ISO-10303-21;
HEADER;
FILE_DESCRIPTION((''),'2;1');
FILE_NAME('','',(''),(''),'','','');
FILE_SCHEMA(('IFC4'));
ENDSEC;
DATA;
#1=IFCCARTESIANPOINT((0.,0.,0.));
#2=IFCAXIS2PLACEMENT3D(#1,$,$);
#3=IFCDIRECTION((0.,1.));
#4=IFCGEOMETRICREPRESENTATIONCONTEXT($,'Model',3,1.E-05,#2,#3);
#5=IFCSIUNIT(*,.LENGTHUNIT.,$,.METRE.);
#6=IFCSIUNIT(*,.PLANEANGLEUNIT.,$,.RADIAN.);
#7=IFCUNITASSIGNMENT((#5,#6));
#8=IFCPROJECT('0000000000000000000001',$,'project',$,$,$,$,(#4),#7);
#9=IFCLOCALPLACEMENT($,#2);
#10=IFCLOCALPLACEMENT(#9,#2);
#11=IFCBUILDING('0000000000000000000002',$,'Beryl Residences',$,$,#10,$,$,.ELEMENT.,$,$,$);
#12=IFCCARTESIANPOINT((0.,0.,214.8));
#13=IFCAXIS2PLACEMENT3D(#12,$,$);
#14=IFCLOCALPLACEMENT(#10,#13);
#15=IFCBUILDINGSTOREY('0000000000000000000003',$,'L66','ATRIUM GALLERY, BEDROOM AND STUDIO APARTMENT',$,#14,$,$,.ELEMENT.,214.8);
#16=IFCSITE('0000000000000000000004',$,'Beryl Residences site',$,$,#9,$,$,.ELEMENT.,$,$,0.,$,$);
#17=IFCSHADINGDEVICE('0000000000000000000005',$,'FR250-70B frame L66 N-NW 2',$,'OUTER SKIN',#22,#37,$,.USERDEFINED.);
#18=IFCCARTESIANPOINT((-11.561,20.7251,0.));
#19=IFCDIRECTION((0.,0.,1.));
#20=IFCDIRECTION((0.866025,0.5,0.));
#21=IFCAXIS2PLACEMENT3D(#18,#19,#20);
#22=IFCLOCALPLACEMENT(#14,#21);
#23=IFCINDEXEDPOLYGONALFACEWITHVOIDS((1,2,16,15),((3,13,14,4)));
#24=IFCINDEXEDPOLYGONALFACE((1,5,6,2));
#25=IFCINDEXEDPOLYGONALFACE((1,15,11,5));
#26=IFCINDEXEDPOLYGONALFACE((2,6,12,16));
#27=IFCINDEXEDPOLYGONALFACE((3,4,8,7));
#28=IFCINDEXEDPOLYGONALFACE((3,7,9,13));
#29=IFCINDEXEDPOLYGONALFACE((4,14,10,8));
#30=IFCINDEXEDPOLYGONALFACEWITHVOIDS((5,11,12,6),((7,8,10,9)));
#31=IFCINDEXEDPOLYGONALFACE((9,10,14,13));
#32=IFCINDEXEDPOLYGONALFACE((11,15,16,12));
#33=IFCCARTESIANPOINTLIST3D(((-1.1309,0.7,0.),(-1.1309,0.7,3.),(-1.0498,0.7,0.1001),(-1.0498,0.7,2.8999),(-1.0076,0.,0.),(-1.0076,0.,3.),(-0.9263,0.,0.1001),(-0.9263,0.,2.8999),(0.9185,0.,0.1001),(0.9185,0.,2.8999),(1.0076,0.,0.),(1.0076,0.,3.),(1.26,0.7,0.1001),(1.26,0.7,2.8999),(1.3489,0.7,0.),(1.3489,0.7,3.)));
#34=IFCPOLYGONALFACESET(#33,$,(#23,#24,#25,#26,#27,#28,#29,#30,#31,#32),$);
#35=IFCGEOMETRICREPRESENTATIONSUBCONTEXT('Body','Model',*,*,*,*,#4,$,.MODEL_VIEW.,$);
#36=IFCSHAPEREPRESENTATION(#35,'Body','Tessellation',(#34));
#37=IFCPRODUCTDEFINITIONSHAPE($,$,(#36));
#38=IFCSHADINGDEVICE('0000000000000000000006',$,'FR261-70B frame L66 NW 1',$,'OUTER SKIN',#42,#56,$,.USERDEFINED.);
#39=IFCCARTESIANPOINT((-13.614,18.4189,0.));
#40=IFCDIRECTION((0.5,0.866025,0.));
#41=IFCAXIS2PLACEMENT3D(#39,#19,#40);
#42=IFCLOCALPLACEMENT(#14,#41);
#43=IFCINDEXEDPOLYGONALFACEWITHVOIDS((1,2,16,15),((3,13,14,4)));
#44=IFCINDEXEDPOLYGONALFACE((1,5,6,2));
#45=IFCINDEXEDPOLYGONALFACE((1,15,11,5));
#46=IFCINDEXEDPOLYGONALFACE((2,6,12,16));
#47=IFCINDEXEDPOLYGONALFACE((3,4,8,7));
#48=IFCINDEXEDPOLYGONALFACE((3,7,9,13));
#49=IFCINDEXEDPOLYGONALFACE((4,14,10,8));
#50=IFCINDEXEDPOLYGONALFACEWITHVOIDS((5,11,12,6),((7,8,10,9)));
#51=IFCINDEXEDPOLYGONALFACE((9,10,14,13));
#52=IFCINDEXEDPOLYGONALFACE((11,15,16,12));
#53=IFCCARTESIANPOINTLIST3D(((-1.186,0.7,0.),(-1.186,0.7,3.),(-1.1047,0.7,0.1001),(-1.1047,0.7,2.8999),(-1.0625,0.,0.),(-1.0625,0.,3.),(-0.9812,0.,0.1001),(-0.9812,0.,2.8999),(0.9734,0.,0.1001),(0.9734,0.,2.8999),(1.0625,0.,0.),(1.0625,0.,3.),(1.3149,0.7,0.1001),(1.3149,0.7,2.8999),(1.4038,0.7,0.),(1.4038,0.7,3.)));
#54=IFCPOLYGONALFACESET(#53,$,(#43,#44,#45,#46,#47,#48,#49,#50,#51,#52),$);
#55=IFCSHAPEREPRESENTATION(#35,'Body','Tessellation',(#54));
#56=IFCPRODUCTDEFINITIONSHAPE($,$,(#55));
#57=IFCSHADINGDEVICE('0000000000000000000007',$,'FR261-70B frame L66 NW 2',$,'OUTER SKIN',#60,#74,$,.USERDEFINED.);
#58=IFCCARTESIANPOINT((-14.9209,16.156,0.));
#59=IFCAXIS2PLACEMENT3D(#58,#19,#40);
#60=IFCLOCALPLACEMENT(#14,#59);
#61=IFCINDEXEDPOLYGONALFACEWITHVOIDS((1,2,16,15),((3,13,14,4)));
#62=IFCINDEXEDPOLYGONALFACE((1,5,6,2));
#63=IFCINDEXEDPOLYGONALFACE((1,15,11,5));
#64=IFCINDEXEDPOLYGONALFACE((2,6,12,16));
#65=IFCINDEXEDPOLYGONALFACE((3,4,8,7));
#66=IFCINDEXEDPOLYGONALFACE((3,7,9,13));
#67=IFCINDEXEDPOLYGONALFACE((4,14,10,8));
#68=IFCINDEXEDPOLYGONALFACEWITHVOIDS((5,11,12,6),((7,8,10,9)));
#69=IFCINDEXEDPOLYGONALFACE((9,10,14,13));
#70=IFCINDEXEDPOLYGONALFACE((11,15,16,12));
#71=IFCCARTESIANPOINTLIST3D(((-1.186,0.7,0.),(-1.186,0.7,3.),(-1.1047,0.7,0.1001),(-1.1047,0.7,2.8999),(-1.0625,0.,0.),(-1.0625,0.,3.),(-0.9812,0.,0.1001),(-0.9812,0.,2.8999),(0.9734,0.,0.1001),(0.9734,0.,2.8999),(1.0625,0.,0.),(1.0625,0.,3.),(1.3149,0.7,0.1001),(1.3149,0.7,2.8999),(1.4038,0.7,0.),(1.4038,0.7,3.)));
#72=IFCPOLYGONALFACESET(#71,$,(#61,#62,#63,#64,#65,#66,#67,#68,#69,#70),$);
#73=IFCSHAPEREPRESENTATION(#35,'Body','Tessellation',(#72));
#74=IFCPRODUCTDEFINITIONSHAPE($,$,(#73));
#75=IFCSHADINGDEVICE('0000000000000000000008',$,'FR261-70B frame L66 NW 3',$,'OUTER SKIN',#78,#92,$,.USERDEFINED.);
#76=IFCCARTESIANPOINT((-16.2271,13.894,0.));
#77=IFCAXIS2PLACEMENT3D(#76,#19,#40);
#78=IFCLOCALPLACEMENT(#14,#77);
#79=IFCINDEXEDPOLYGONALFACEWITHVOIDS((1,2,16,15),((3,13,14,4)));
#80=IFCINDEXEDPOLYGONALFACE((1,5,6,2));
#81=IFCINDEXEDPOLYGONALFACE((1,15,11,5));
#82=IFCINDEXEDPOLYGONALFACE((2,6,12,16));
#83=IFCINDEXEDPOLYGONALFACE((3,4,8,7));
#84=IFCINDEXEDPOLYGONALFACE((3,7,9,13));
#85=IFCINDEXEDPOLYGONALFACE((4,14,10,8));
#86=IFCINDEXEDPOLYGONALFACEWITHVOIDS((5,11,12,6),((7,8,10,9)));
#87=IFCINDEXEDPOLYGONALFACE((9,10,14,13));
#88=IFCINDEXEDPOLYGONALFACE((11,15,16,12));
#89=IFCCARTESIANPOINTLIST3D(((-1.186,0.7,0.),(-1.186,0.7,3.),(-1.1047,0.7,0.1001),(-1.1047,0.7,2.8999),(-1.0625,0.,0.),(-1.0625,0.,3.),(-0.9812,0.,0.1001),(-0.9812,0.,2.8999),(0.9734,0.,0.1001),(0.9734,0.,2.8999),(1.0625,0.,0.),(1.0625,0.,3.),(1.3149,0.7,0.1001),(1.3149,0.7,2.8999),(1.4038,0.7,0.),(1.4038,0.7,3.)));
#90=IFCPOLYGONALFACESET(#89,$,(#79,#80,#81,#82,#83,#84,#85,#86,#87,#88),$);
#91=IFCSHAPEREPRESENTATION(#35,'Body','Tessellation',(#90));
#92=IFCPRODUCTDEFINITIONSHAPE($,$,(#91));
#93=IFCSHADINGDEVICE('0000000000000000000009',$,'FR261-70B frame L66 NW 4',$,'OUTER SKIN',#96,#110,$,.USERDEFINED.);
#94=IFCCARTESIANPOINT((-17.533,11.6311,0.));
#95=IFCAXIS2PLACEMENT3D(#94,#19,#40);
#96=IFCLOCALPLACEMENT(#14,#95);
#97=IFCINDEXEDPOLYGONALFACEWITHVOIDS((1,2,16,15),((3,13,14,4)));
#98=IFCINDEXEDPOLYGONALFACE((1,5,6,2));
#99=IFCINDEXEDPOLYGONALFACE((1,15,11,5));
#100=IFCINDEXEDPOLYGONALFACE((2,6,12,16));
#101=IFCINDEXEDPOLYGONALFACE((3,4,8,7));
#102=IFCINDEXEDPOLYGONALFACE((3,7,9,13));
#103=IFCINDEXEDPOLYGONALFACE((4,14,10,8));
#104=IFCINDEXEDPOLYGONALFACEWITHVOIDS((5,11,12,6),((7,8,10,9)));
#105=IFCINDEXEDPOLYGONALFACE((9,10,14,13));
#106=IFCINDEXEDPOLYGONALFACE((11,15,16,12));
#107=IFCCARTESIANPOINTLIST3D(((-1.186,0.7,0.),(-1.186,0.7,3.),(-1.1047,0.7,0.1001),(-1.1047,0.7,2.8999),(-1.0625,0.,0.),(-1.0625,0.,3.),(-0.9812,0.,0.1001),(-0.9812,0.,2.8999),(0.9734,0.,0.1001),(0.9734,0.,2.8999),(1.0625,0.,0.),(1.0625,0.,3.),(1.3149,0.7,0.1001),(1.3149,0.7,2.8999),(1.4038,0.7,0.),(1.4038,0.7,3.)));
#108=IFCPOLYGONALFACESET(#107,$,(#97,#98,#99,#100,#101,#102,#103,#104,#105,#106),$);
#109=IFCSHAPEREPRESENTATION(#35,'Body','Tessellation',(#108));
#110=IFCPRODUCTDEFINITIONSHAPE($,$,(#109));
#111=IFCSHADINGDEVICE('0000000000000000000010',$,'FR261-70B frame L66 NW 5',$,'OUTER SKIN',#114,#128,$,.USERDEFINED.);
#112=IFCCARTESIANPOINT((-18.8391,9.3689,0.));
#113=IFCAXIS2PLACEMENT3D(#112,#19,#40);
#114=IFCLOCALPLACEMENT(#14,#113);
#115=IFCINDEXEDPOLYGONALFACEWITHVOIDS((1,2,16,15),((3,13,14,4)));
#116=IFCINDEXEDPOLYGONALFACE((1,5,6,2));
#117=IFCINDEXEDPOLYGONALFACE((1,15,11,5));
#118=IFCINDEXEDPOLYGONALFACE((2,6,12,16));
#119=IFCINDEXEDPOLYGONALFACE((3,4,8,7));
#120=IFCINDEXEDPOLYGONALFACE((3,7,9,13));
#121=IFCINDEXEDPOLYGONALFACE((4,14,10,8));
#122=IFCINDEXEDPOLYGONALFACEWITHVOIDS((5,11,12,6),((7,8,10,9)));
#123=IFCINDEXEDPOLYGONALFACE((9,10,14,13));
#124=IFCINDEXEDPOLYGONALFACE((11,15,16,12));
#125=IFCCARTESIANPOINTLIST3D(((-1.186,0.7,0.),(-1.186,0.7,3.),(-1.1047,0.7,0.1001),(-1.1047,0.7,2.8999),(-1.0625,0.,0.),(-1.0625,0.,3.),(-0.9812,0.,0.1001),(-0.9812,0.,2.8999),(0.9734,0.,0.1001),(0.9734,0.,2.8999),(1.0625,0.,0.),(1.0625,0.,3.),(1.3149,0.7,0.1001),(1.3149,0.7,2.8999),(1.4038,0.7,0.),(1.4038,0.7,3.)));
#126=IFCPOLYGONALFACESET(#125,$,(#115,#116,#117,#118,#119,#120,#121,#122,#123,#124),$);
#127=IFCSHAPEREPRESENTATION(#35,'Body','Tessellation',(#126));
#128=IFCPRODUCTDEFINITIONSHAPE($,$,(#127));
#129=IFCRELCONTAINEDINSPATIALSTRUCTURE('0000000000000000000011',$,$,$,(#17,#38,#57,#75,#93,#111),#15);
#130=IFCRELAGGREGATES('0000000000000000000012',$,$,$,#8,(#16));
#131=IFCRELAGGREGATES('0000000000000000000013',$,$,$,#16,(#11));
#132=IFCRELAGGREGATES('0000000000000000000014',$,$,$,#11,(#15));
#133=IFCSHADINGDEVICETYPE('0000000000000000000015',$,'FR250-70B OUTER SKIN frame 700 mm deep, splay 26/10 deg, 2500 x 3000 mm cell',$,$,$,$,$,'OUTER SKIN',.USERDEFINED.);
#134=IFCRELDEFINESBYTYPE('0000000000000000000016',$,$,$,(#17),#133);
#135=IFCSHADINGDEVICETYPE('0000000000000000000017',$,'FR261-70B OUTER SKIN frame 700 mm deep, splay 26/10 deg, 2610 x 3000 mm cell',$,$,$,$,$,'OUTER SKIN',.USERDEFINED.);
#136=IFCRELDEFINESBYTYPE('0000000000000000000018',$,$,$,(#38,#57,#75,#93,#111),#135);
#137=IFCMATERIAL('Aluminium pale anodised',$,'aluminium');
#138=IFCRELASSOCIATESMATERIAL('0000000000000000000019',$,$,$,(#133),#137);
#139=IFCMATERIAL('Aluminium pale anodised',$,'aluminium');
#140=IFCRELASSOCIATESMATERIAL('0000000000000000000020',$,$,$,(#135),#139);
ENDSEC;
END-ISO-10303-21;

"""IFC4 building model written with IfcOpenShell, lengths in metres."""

from ifc_helpers import new_model, entity, si_unit, direction, frame, origin, place, context, subcontext, project, spatial, source, transform, mapped, material, type_object, type_shapes, element, save


model = new_model("IFC4")

# Units and contexts
model_context = context("Model", 3, precision=1e-05, world=origin(), true_north=direction((0.0, 1.0)))
body_context = subcontext(model_context, "Body", "Model", "MODEL_VIEW")
ifc_project = project(units=[si_unit("LENGTHUNIT", "METRE"), si_unit("PLANEANGLEUNIT", "RADIAN")], contexts=[model_context])

# Site, building, storey
site_placement = place(None, origin())
site = spatial("IfcSite", under=ifc_project, at=site_placement, Name="Beryl Residences site", CompositionType="ELEMENT", RefElevation=0.0)
building_placement = place(site_placement, origin())
building = spatial("IfcBuilding", under=site, at=building_placement, Name="Beryl Residences", CompositionType="ELEMENT")
storey_placement = place(building_placement, frame((0.0, 0.0, 214.8)))
storey = spatial("IfcBuildingStorey", under=building, at=storey_placement, Name="L66", Description="ATRIUM GALLERY, BEDROOM AND STUDIO APARTMENT", CompositionType="ELEMENT", Elevation=214.8)

# Shading devices
ifc_material_1 = material(Name="Aluminium pale anodised", Category="aluminium")
shading_device_type_1 = type_object("IfcShadingDeviceType", Name="FR250-70B OUTER SKIN frame 700 mm deep, splay 26/10 deg, 2500 x 3000 mm cell", ElementType="OUTER SKIN", PredefinedType="USERDEFINED", material=ifc_material_1)
cartesian_point_1 = entity("IfcCartesianPoint", [-1.0076, 0.0])
cartesian_point_2 = entity("IfcCartesianPoint", [-0.9185, 0.1001])
cartesian_point_3 = entity("IfcCartesianPoint", [-1.3489, 0.0])
cartesian_point_4 = entity("IfcCartesianPoint", [-1.26, 0.1001])
shared_shape_1 = source(origin(), body_context, "Body", "SweptSolid", [
    entity("IfcExtrudedAreaSolidTapered", entity("IfcArbitraryProfileDefWithVoids", "AREA", None, entity("IfcPolyline", [cartesian_point_1, entity("IfcCartesianPoint", [1.0076, 0.0]), entity("IfcCartesianPoint", [1.0076, 3.0]), entity("IfcCartesianPoint", [-1.0076, 3.0]), cartesian_point_1]), [entity("IfcPolyline", [cartesian_point_2, entity("IfcCartesianPoint", [0.9263, 0.1001]), entity("IfcCartesianPoint", [0.9263, 2.8999]), entity("IfcCartesianPoint", [-0.9185, 2.8999]), cartesian_point_2])]), entity("IfcAxis2Placement3D", entity("IfcCartesianPoint", [0.0, 0.0, 0.0]), entity("IfcDirection", [0.0, 1.0, 0.0]), entity("IfcDirection", [-1.0, 0.0, 0.0])), entity("IfcDirection", [0.0, 0.0, 1.0]), 0.7, entity("IfcArbitraryProfileDefWithVoids", "AREA", None, entity("IfcPolyline", [cartesian_point_3, entity("IfcCartesianPoint", [1.1309, 0.0]), entity("IfcCartesianPoint", [1.1309, 3.0]), entity("IfcCartesianPoint", [-1.3489, 3.0]), cartesian_point_3]), [entity("IfcPolyline", [cartesian_point_4, entity("IfcCartesianPoint", [1.0498, 0.1001]), entity("IfcCartesianPoint", [1.0498, 2.8999]), entity("IfcCartesianPoint", [-1.26, 2.8999]), cartesian_point_4])])),
])
type_shapes(shading_device_type_1, [shared_shape_1])
shading_device_placement = place(storey_placement, frame((-11.561, 20.7251, 0.0), z_axis=(0.0, 0.0, 1.0), x_axis=(0.866025, 0.5, 0.0)))
element("IfcShadingDevice", 1, at=shading_device_placement, inside=storey, type_object=shading_device_type_1, Name="FR250-70B frame L66 N-NW 2", ObjectType="OUTER SKIN", PredefinedType="USERDEFINED", context=body_context, shape_type="MappedRepresentation", body=[
    mapped(shared_shape_1, transform((0.0, 0.0, 0.0))),
])
ifc_material_2 = material(Name="Aluminium pale anodised", Category="aluminium")
shading_device_type_2 = type_object("IfcShadingDeviceType", Name="FR261-70B OUTER SKIN frame 700 mm deep, splay 26/10 deg, 2610 x 3000 mm cell", ElementType="OUTER SKIN", PredefinedType="USERDEFINED", material=ifc_material_2)
cartesian_point_5 = entity("IfcCartesianPoint", [-1.0625, 0.0])
cartesian_point_6 = entity("IfcCartesianPoint", [-0.9734, 0.1001])
cartesian_point_7 = entity("IfcCartesianPoint", [-1.4038, 0.0])
cartesian_point_8 = entity("IfcCartesianPoint", [-1.3149, 0.1001])
shared_shape_2 = source(origin(), body_context, "Body", "SweptSolid", [
    entity("IfcExtrudedAreaSolidTapered", entity("IfcArbitraryProfileDefWithVoids", "AREA", None, entity("IfcPolyline", [cartesian_point_5, entity("IfcCartesianPoint", [1.0625, 0.0]), entity("IfcCartesianPoint", [1.0625, 3.0]), entity("IfcCartesianPoint", [-1.0625, 3.0]), cartesian_point_5]), [entity("IfcPolyline", [cartesian_point_6, entity("IfcCartesianPoint", [0.9812, 0.1001]), entity("IfcCartesianPoint", [0.9812, 2.8999]), entity("IfcCartesianPoint", [-0.9734, 2.8999]), cartesian_point_6])]), entity("IfcAxis2Placement3D", entity("IfcCartesianPoint", [0.0, 0.0, 0.0]), entity("IfcDirection", [0.0, 1.0, 0.0]), entity("IfcDirection", [-1.0, 0.0, 0.0])), entity("IfcDirection", [0.0, 0.0, 1.0]), 0.7, entity("IfcArbitraryProfileDefWithVoids", "AREA", None, entity("IfcPolyline", [cartesian_point_7, entity("IfcCartesianPoint", [1.186, 0.0]), entity("IfcCartesianPoint", [1.186, 3.0]), entity("IfcCartesianPoint", [-1.4038, 3.0]), cartesian_point_7]), [entity("IfcPolyline", [cartesian_point_8, entity("IfcCartesianPoint", [1.1047, 0.1001]), entity("IfcCartesianPoint", [1.1047, 2.8999]), entity("IfcCartesianPoint", [-1.3149, 2.8999]), cartesian_point_8])])),
])
type_shapes(shading_device_type_2, [shared_shape_2])
for number, where, z_axis, x_axis, name in (
    (2, (-13.614, 18.4189, 0.0), (0.0, 0.0, 1.0), (0.5, 0.866025, 0.0), "FR261-70B frame L66 NW 1"),
    (3, (-14.9209, 16.156, 0.0), (0.0, 0.0, 1.0), (0.5, 0.866025, 0.0), "FR261-70B frame L66 NW 2"),
    (4, (-16.2271, 13.894, 0.0), (0.0, 0.0, 1.0), (0.5, 0.866025, 0.0), "FR261-70B frame L66 NW 3"),
    (5, (-17.533, 11.6311, 0.0), (0.0, 0.0, 1.0), (0.5, 0.866025, 0.0), "FR261-70B frame L66 NW 4"),
    (6, (-18.8391, 9.3689, 0.0), (0.0, 0.0, 1.0), (0.5, 0.866025, 0.0), "FR261-70B frame L66 NW 5"),
):
    element("IfcShadingDevice", number, at=place(storey_placement, frame(where, z_axis=z_axis, x_axis=x_axis)), inside=storey, type_object=shading_device_type_2, Name=name, ObjectType="OUTER SKIN", PredefinedType="USERDEFINED", context=body_context, shape_type="MappedRepresentation", body=[
        mapped(shared_shape_2, transform((0.0, 0.0, 0.0))),
    ])

save(model, "model.ifc")
